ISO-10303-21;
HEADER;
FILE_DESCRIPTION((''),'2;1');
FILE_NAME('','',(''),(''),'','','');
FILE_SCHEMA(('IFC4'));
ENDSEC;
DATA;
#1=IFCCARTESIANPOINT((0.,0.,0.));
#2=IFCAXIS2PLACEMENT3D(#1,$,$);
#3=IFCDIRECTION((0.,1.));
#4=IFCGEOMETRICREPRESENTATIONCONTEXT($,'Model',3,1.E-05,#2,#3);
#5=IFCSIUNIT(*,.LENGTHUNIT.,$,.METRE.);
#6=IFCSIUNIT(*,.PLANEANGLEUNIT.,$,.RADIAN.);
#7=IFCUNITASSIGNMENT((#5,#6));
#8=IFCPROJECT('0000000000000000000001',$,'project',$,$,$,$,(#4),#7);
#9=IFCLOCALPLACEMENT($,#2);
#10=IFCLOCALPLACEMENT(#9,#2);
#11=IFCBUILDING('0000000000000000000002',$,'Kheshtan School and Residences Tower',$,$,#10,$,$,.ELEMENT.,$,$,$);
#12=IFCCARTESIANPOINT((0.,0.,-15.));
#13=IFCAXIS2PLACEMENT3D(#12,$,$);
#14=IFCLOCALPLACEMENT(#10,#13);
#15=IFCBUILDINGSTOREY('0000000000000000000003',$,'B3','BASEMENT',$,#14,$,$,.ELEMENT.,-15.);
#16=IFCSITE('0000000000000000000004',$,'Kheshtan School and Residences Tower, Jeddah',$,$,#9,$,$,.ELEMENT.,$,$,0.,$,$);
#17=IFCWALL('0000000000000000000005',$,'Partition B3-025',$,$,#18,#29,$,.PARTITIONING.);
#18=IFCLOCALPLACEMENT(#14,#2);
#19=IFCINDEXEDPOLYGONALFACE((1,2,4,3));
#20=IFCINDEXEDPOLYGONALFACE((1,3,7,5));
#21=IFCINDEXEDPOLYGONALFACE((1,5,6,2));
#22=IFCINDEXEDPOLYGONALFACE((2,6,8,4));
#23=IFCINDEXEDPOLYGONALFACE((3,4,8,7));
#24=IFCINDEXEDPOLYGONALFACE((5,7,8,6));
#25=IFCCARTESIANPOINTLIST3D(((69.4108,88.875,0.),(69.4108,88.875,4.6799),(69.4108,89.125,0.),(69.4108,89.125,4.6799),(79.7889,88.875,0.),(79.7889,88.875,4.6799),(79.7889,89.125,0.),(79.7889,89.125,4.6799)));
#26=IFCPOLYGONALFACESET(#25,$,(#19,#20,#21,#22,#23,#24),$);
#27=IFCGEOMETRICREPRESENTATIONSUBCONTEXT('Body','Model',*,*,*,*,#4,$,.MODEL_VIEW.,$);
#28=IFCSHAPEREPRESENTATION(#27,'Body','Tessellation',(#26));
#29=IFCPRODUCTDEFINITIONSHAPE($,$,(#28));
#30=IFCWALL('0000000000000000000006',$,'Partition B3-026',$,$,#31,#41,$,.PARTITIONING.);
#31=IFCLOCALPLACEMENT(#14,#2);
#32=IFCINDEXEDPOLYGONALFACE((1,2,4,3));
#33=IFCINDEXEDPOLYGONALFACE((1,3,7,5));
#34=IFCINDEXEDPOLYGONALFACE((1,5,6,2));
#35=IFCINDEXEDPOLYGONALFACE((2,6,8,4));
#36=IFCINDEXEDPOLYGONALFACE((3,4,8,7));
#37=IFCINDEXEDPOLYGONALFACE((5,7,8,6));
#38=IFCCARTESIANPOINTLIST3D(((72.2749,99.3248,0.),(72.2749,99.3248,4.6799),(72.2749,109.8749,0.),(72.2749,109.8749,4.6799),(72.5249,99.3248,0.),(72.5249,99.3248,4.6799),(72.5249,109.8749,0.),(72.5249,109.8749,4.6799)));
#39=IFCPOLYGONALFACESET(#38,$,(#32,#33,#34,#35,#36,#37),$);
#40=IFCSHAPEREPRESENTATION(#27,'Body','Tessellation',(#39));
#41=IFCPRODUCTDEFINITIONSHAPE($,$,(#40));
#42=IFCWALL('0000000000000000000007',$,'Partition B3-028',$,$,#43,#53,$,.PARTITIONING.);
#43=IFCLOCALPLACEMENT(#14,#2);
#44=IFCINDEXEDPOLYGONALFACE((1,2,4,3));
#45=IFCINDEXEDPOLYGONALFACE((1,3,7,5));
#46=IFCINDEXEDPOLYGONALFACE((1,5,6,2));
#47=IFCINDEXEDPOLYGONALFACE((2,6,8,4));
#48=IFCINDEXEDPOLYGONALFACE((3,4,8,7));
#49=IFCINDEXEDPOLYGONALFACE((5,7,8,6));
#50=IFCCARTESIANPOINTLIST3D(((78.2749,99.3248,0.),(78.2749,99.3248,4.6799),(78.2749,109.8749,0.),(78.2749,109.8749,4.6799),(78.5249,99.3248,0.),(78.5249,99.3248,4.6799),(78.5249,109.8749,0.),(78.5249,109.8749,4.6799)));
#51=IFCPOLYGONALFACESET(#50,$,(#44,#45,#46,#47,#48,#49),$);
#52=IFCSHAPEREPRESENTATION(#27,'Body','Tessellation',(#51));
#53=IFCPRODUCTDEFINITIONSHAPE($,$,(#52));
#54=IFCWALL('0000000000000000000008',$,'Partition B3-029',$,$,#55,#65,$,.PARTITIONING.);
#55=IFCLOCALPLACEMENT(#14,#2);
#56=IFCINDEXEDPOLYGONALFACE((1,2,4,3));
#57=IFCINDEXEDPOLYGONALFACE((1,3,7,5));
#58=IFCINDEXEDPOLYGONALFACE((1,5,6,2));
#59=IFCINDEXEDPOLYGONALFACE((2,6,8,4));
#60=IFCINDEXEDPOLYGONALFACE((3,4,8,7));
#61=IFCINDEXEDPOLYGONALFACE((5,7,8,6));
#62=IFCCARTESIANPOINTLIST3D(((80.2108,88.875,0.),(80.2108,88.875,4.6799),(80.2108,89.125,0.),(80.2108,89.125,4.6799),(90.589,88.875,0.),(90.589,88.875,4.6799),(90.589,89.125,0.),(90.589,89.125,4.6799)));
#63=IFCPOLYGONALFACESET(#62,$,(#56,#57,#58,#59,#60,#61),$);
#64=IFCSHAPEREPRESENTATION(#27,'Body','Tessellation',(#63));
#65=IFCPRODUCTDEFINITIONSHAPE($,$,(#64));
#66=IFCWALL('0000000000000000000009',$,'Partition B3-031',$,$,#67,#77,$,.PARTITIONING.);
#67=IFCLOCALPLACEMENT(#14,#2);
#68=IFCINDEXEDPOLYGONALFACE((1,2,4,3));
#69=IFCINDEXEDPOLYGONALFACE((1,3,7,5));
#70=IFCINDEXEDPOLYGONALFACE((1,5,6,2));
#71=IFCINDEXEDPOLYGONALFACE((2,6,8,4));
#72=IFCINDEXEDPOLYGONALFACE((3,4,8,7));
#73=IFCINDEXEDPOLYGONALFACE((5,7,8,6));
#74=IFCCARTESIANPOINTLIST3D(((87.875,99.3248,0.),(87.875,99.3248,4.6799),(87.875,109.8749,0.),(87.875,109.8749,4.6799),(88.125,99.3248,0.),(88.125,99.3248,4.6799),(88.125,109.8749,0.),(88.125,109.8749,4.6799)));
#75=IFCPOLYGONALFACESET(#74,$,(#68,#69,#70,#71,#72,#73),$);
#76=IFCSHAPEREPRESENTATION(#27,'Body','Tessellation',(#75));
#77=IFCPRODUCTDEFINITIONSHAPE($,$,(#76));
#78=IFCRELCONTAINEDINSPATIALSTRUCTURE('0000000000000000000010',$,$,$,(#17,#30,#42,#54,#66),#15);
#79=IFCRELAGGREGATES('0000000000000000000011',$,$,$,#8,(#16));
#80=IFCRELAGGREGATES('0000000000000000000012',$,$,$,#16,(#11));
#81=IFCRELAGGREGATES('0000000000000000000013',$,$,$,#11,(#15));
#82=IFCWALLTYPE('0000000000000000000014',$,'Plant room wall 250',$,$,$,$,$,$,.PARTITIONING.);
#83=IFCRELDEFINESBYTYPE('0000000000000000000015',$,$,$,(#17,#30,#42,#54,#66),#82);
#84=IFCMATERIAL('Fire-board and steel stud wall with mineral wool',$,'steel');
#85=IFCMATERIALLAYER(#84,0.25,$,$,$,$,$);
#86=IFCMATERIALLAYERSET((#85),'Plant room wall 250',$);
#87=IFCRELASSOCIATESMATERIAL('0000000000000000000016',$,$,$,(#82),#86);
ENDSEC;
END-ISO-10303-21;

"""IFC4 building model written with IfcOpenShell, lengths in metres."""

from ifc_helpers import new_model, si_unit, direction, frame, frame_2d, origin, place, context, subcontext, project, spatial, rectangle, extrude, material, layer, layer_set, type_object, element, save


model = new_model("IFC4")

# Units and contexts
model_context = context("Model", 3, precision=1e-05, world=origin(), true_north=direction((0.0, 1.0)))
body_context = subcontext(model_context, "Body", "Model", "MODEL_VIEW")
ifc_project = project(units=[si_unit("LENGTHUNIT", "METRE"), si_unit("PLANEANGLEUNIT", "RADIAN")], contexts=[model_context])

# Site, building, storey
site_placement = place(None, origin())
site = spatial("IfcSite", under=ifc_project, at=site_placement, Name="Kheshtan School and Residences Tower, Jeddah", CompositionType="ELEMENT", RefElevation=0.0)
building_placement = place(site_placement, origin())
building = spatial("IfcBuilding", under=site, at=building_placement, Name="Kheshtan School and Residences Tower", CompositionType="ELEMENT")
storey_placement = place(building_placement, frame((0.0, 0.0, -15.0)))
storey = spatial("IfcBuildingStorey", under=building, at=storey_placement, Name="B3", Description="BASEMENT", CompositionType="ELEMENT", Elevation=-15.0)

# Walls
ifc_material_1 = material(Name="Fire-board and steel stud wall with mineral wool", Category="steel")
ifc_layer = layer(ifc_material_1, 0.25)
ifc_layer_set = layer_set([ifc_layer], Name="Plant room wall 250")
wall_type = type_object("IfcWallType", Name="Plant room wall 250", PredefinedType="PARTITIONING", material=ifc_layer_set)
wall_1_placement = place(storey_placement, frame((69.4109, 89.0, 0.0), z_axis=(0.0, 0.0, 1.0), x_axis=(1.0, 0.0, 0.0)))
element("IfcWall", 1, at=wall_1_placement, inside=storey, type_object=wall_type, Name="Partition B3-025", PredefinedType="PARTITIONING", context=body_context, shape_type="SweptSolid", body=[
    extrude(rectangle(XDim=10.3782, YDim=0.25, at=frame_2d((5.189, 0.0))), origin(), (0.0, 0.0, 1.0), 4.6799),
])
for number, where, z_axis, x_axis, name in (
    (2, (72.3999, 99.325, 0.0), (0.0, 0.0, 1.0), (0.0, 1.0, 0.0), "Partition B3-026"),
    (3, (78.3999, 99.325, 0.0), (0.0, 0.0, 1.0), (0.0, 1.0, 0.0), "Partition B3-028"),
):
    element("IfcWall", number, at=place(storey_placement, frame(where, z_axis=z_axis, x_axis=x_axis)), inside=storey, type_object=wall_type, Name=name, PredefinedType="PARTITIONING", context=body_context, shape_type="SweptSolid", body=[
        extrude(rectangle(XDim=10.55, YDim=0.25, at=frame_2d((5.2749, 0.0))), origin(), (0.0, 0.0, 1.0), 4.6799),
    ])
wall_2_placement = place(storey_placement, frame((80.2109, 89.0, 0.0), z_axis=(0.0, 0.0, 1.0), x_axis=(1.0, 0.0, 0.0)))
element("IfcWall", 4, at=wall_2_placement, inside=storey, type_object=wall_type, Name="Partition B3-029", PredefinedType="PARTITIONING", context=body_context, shape_type="SweptSolid", body=[
    extrude(rectangle(XDim=10.3782, YDim=0.25, at=frame_2d((5.189, 0.0))), origin(), (0.0, 0.0, 1.0), 4.6799),
])
wall_3_placement = place(storey_placement, frame((88.0, 99.325, 0.0), z_axis=(0.0, 0.0, 1.0), x_axis=(0.0, 1.0, 0.0)))
element("IfcWall", 5, at=wall_3_placement, inside=storey, type_object=wall_type, Name="Partition B3-031", PredefinedType="PARTITIONING", context=body_context, shape_type="SweptSolid", body=[
    extrude(rectangle(XDim=10.55, YDim=0.25, at=frame_2d((5.2749, 0.0))), origin(), (0.0, 0.0, 1.0), 4.6799),
])

save(model, "model.ifc")
